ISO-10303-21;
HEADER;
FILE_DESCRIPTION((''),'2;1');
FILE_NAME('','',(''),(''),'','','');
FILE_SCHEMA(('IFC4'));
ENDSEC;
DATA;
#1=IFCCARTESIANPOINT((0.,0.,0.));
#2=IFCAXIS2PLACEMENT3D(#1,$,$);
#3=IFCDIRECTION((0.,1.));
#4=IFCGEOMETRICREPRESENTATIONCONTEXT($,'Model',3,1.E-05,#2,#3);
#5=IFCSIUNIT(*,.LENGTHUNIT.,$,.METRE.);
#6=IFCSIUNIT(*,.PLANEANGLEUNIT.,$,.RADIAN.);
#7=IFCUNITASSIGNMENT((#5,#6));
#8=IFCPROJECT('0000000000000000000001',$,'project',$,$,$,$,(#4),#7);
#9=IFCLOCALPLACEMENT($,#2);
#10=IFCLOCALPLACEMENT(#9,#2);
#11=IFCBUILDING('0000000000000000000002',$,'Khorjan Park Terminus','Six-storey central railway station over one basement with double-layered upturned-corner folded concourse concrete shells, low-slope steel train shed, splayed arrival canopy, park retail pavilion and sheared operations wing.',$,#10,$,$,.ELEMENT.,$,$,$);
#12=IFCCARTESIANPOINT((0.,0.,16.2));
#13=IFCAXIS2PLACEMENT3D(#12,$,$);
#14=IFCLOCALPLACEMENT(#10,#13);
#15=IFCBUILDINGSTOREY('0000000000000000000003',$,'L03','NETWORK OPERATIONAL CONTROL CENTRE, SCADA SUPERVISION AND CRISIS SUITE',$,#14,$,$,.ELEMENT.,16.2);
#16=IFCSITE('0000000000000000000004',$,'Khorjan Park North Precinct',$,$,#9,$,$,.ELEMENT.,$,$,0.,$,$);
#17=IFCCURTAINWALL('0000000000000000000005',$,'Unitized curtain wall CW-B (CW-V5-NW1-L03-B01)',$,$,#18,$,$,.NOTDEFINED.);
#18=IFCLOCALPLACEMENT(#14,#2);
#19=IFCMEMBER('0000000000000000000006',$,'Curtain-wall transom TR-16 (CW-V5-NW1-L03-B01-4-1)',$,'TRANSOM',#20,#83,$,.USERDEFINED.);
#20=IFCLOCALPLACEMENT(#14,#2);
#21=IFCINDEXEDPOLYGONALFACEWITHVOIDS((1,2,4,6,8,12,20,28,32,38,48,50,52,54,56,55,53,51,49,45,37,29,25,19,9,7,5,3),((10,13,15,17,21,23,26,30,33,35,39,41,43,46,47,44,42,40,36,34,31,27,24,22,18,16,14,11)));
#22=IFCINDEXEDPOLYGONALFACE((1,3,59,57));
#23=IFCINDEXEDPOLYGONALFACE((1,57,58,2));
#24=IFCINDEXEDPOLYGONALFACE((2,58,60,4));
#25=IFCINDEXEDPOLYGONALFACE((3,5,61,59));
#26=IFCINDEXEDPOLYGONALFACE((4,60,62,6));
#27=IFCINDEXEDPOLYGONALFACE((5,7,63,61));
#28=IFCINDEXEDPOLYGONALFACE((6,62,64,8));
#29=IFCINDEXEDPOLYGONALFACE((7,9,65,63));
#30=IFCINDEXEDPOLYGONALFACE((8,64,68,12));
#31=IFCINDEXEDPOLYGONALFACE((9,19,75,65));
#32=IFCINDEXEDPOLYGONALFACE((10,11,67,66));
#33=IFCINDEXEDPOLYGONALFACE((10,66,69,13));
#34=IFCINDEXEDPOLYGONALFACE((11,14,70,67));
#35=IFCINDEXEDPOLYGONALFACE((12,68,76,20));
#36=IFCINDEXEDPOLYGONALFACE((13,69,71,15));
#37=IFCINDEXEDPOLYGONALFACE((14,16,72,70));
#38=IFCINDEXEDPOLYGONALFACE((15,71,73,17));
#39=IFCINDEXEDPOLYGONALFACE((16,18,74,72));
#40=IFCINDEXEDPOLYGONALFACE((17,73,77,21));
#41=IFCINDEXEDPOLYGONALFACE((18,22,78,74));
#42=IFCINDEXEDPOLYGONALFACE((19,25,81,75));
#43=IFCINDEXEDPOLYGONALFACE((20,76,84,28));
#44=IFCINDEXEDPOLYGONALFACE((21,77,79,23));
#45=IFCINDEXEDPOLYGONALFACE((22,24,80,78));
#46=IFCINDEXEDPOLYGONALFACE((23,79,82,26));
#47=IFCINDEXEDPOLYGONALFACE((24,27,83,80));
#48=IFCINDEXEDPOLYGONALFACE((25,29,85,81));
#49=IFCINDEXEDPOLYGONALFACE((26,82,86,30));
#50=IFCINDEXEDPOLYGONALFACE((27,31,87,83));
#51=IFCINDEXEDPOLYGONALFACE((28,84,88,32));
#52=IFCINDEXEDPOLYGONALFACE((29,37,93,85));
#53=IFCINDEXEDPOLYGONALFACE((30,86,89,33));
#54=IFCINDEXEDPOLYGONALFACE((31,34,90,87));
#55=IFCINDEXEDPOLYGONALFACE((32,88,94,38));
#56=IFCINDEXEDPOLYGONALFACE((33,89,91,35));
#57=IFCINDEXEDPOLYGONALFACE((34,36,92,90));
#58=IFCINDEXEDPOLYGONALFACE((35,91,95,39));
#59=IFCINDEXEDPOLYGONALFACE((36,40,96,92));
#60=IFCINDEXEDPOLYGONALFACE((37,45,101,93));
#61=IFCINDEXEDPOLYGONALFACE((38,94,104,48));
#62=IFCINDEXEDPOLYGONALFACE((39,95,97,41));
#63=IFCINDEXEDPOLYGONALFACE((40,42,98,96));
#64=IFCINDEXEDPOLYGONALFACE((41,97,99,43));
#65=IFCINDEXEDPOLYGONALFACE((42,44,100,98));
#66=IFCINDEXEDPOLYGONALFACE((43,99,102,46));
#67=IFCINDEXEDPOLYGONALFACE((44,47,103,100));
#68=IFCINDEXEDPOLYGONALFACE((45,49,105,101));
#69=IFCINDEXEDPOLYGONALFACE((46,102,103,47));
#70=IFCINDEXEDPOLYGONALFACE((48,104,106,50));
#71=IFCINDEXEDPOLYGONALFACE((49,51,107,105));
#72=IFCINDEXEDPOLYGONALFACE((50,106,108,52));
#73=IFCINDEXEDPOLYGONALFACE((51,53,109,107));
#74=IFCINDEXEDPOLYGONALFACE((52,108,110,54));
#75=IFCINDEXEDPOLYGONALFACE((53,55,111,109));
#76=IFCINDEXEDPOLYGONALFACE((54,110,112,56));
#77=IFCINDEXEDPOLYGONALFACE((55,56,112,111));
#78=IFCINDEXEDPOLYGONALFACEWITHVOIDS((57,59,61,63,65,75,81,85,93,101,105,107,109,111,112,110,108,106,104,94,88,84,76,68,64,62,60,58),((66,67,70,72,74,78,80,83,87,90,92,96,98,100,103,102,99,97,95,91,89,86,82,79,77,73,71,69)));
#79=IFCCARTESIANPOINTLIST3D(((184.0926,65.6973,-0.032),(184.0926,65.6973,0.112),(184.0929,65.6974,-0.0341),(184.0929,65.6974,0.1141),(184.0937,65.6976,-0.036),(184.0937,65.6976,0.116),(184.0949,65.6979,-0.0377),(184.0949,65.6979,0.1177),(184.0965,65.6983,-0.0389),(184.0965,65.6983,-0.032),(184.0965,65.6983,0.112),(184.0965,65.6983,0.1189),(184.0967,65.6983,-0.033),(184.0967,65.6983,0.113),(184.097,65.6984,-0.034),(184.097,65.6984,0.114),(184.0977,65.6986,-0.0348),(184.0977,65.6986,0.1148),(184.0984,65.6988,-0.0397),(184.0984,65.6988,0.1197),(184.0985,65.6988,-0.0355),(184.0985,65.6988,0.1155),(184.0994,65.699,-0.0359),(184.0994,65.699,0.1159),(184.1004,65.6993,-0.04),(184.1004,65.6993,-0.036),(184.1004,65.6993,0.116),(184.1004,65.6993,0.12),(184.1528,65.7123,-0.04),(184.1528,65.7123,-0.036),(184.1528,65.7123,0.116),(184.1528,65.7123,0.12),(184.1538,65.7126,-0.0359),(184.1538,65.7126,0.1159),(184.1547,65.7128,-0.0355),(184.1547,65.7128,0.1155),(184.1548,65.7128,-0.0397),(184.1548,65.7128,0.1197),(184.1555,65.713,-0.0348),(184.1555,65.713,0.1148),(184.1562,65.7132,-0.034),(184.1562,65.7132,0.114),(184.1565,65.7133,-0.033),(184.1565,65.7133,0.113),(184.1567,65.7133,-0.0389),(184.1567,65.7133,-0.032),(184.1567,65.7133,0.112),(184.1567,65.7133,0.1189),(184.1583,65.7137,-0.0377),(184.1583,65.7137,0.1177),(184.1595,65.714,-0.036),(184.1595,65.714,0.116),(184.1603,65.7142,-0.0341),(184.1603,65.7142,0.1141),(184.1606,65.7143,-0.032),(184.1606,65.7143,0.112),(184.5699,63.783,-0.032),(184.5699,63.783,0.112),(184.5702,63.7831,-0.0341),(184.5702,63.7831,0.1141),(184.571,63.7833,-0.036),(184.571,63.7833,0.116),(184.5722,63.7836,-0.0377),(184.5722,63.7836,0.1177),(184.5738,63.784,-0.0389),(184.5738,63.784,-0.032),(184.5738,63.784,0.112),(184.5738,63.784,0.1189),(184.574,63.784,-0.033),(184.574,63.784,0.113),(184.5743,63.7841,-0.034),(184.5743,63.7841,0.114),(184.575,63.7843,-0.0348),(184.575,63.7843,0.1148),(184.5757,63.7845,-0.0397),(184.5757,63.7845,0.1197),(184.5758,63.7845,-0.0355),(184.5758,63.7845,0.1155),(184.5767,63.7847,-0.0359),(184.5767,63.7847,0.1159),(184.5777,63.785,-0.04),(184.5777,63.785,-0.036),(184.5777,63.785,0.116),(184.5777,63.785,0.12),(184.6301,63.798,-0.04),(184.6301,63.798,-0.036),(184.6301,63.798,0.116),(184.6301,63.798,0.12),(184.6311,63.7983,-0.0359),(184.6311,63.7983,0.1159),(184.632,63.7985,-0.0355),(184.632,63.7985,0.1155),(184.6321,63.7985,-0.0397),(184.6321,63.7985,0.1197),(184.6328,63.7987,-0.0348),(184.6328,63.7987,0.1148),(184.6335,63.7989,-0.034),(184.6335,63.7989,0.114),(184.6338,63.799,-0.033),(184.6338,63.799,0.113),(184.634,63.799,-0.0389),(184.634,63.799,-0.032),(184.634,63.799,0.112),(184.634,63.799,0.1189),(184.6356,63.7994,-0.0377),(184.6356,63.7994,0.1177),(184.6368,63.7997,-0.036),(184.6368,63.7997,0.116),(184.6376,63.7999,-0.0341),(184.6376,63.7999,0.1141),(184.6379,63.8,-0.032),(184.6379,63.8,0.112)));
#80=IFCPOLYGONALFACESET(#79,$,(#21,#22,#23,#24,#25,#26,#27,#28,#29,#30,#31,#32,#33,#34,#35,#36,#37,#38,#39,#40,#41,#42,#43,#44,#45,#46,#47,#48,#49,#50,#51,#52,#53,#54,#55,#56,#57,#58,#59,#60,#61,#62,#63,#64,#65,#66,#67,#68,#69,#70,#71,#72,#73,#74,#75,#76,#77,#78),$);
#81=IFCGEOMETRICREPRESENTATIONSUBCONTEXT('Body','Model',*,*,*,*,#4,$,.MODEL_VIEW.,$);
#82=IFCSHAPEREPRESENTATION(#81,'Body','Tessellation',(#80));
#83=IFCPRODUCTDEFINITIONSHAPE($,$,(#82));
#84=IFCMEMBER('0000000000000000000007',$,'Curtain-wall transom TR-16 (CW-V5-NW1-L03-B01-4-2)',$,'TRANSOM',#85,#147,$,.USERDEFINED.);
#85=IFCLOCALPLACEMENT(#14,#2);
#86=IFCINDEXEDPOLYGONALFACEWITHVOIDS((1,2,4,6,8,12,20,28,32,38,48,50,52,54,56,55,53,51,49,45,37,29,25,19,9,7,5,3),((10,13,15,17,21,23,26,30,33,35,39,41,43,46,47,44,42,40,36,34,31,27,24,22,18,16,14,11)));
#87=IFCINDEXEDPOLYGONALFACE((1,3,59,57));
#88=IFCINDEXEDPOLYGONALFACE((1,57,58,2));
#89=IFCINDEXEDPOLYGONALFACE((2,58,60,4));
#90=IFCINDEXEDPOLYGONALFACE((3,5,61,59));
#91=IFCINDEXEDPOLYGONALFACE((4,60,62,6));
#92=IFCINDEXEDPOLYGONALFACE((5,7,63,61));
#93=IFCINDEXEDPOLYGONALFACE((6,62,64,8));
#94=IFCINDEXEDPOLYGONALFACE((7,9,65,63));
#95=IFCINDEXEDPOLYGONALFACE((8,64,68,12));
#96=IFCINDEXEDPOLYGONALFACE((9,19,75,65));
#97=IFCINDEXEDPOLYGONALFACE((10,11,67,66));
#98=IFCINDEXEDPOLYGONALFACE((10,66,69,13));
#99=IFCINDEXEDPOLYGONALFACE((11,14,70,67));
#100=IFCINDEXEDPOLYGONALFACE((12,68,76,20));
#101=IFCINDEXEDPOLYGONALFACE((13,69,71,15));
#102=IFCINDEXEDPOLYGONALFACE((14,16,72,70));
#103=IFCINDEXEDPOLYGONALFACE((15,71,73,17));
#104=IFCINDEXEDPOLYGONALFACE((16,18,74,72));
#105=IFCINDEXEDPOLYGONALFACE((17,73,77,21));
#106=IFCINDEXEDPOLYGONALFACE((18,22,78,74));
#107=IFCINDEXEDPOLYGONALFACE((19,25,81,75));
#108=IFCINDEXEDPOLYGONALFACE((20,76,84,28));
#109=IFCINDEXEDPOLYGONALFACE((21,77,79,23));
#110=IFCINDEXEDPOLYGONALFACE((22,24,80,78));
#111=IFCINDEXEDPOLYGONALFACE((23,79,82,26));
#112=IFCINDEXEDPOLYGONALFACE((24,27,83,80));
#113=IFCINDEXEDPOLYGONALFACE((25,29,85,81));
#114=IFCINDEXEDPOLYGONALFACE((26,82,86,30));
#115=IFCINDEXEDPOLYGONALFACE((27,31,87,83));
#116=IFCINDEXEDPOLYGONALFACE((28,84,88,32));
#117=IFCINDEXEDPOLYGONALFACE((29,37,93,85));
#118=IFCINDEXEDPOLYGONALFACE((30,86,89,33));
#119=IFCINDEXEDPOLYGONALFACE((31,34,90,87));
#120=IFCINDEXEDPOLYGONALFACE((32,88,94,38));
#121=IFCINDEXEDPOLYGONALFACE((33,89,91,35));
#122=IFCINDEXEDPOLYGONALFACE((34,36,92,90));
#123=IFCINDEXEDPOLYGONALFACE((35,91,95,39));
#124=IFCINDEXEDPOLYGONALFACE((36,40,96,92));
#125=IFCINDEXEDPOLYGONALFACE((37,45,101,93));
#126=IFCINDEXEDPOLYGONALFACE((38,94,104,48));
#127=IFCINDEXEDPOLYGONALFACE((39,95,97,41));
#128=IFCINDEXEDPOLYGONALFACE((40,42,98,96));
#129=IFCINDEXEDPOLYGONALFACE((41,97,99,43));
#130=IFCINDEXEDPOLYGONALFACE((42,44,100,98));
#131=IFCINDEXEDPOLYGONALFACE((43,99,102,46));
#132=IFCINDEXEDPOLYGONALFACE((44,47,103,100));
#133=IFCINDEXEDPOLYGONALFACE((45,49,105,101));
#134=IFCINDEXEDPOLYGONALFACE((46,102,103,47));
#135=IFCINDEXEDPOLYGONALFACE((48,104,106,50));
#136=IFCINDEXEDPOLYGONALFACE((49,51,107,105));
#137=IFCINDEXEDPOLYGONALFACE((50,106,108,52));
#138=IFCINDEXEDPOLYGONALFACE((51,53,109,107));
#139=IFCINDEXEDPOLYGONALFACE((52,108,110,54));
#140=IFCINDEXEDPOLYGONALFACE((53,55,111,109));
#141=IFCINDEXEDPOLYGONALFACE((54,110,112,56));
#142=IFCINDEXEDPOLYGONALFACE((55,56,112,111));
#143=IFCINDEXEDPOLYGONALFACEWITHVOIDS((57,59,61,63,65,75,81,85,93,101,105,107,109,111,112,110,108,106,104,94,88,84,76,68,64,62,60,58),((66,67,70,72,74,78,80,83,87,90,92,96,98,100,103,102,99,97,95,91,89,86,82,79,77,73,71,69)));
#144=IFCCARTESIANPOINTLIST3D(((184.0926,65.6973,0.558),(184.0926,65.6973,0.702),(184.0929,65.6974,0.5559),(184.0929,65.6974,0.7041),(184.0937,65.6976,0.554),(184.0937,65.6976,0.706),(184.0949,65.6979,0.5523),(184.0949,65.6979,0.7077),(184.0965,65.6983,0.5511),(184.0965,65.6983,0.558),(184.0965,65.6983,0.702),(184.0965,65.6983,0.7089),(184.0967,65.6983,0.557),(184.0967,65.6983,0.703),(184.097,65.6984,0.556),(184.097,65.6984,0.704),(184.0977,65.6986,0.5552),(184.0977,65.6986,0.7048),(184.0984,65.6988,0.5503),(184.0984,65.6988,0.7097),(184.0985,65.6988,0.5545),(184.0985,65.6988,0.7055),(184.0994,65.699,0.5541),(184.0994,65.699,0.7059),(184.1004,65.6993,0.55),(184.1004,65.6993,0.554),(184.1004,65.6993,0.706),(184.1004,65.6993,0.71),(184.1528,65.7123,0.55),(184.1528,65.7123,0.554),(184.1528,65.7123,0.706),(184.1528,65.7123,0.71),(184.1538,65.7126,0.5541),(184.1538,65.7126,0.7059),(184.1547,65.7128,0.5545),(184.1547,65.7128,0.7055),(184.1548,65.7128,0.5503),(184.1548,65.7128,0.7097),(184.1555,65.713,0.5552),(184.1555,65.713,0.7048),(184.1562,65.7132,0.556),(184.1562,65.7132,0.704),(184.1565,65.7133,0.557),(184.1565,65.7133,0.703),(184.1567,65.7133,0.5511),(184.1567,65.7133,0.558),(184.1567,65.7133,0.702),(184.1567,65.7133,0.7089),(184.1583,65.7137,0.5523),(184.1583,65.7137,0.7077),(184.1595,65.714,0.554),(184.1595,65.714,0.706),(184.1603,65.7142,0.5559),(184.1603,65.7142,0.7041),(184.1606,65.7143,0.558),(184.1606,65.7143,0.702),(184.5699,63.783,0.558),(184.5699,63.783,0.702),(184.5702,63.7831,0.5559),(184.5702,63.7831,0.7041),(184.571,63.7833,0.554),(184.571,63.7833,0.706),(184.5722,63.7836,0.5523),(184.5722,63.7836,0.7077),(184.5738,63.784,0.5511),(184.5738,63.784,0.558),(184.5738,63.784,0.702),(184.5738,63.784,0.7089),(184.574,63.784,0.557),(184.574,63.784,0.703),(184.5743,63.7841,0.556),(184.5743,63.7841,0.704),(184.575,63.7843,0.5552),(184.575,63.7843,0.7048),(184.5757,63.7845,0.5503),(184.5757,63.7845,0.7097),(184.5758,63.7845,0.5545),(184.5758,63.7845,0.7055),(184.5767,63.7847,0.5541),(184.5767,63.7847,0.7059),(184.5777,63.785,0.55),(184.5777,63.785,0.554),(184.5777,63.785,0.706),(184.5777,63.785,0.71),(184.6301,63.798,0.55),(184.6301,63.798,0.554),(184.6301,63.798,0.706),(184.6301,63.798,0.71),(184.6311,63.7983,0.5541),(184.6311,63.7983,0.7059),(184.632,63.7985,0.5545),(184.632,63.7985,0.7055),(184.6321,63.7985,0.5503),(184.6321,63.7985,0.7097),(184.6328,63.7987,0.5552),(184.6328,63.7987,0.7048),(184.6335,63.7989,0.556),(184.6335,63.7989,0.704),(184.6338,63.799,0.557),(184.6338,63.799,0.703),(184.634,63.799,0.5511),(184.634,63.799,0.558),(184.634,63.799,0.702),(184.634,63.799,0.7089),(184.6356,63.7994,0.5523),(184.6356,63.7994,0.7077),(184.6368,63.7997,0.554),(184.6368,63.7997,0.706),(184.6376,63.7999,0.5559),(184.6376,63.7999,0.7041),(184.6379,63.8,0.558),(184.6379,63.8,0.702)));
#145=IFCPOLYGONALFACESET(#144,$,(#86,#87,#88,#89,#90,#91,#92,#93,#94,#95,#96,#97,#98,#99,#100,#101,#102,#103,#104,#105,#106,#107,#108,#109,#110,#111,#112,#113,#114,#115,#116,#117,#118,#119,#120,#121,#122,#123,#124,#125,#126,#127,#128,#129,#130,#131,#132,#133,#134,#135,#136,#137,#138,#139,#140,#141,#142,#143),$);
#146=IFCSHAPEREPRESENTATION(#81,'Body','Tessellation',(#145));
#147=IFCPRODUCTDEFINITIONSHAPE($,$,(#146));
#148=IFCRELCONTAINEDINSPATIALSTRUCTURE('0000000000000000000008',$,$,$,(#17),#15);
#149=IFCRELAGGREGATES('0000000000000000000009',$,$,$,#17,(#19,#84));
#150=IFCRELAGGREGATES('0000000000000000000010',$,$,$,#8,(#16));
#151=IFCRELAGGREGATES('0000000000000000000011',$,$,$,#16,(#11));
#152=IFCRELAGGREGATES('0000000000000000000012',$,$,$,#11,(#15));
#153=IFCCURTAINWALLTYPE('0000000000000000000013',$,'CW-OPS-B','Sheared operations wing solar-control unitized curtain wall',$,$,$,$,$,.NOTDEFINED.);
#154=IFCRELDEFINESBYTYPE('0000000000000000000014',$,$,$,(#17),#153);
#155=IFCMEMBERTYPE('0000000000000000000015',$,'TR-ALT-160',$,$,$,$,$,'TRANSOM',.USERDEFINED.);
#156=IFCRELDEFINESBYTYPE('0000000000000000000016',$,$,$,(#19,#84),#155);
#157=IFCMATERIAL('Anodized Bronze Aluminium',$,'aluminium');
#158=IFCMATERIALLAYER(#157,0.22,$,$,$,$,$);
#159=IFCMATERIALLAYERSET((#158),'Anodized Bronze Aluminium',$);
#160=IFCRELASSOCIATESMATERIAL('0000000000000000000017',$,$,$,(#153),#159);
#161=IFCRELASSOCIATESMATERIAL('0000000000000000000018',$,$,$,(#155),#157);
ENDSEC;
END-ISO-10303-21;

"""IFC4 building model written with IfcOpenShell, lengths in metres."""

from ifc_helpers import new_model, si_unit, direction, frame, origin, origin_2d, place, context, subcontext, project, spatial, hollow_rectangle, extrude, material, layer, layer_set, material_profile, profile_set, type_object, element, aggregate, save


model = new_model("IFC4")

# Units and contexts
model_context = context("Model", 3, precision=1e-05, world=origin(), true_north=direction((0.0, 1.0)))
body_context = subcontext(model_context, "Body", "Model", "MODEL_VIEW")
ifc_project = project(units=[si_unit("LENGTHUNIT", "METRE"), si_unit("PLANEANGLEUNIT", "RADIAN")], contexts=[model_context])

# Site, building, storey
site_placement = place(None, origin())
site = spatial("IfcSite", under=ifc_project, at=site_placement, Name="Khorjan Park North Precinct", CompositionType="ELEMENT", RefElevation=0.0)
building_placement = place(site_placement, origin())
building = spatial("IfcBuilding", under=site, at=building_placement, Name="Khorjan Park Terminus", Description="Six-storey central railway station over one basement with double-layered upturned-corner folded concourse concrete shells, low-slope steel train shed, splayed arrival canopy, park retail pavilion and sheared operations wing.", CompositionType="ELEMENT")
storey_placement = place(building_placement, frame((0.0, 0.0, 16.2)))
storey = spatial("IfcBuildingStorey", under=building, at=storey_placement, Name="L03", Description="NETWORK OPERATIONAL CONTROL CENTRE, SCADA SUPERVISION AND CRISIS SUITE", CompositionType="ELEMENT", Elevation=16.2)

# Curtain wall
ifc_material_1 = material(Name="Anodized Bronze Aluminium", Category="aluminium")
ifc_layer_1 = layer(ifc_material_1, 0.22)
ifc_layer_set_1 = layer_set([ifc_layer_1], Name="Anodized Bronze Aluminium")
curtain_wall_type = type_object("IfcCurtainWallType", Name="CW-OPS-B", Description="Sheared operations wing solar-control unitized curtain wall", PredefinedType="NOTDEFINED", material=ifc_layer_set_1)
curtain_wall_1_placement = place(storey_placement, origin())
curtain_wall_1 = element("IfcCurtainWall", 1, at=curtain_wall_1_placement, inside=storey, type_object=curtain_wall_type, Name="Unitized curtain wall CW-B (CW-V5-NW1-L03-B01)", PredefinedType="NOTDEFINED")

# Members
ifc_material_profile_1 = material_profile(ifc_material_1, hollow_rectangle(XDim=0.07, YDim=0.16, WallThickness=0.004, InnerFilletRadius=0.004, OuterFilletRadius=0.008, at=origin_2d()), Name="ALT 70x160x4")
ifc_profile_set_1 = profile_set([ifc_material_profile_1], Name="Anodized Bronze Aluminium")
member_type_1 = type_object("IfcMemberType", Name="TR-ALT-160", ElementType="TRANSOM", PredefinedType="USERDEFINED", material=ifc_profile_set_1)
member_1_placement = place(storey_placement, frame((184.1266, 65.7058, 0.04), z_axis=(0.241927, -0.970294, 0.0), x_axis=(0.970294, 0.241927, 0.0)))
member_1 = element("IfcMember", 2, at=member_1_placement, type_object=member_type_1, Name="Curtain-wall transom TR-16 (CW-V5-NW1-L03-B01-4-1)", ObjectType="TRANSOM", PredefinedType="USERDEFINED", context=body_context, shape_type="SweptSolid", body=[
    extrude(hollow_rectangle(XDim=0.07, YDim=0.16, WallThickness=0.004, InnerFilletRadius=0.004, OuterFilletRadius=0.008, at=origin_2d()), origin(), (0.0, 0.0, 1.0), 1.9729),
])
member_2_placement = place(storey_placement, frame((184.1266, 65.7058, 0.63), z_axis=(0.241927, -0.970294, 0.0), x_axis=(0.970294, 0.241927, 0.0)))
member_2 = element("IfcMember", 3, at=member_2_placement, type_object=member_type_1, Name="Curtain-wall transom TR-16 (CW-V5-NW1-L03-B01-4-2)", ObjectType="TRANSOM", PredefinedType="USERDEFINED", context=body_context, shape_type="SweptSolid", body=[
    extrude(hollow_rectangle(XDim=0.07, YDim=0.16, WallThickness=0.004, InnerFilletRadius=0.004, OuterFilletRadius=0.008, at=origin_2d()), origin(), (0.0, 0.0, 1.0), 1.9729),
])

aggregate(curtain_wall_1, [member_1, member_2])

save(model, "model.ifc")
